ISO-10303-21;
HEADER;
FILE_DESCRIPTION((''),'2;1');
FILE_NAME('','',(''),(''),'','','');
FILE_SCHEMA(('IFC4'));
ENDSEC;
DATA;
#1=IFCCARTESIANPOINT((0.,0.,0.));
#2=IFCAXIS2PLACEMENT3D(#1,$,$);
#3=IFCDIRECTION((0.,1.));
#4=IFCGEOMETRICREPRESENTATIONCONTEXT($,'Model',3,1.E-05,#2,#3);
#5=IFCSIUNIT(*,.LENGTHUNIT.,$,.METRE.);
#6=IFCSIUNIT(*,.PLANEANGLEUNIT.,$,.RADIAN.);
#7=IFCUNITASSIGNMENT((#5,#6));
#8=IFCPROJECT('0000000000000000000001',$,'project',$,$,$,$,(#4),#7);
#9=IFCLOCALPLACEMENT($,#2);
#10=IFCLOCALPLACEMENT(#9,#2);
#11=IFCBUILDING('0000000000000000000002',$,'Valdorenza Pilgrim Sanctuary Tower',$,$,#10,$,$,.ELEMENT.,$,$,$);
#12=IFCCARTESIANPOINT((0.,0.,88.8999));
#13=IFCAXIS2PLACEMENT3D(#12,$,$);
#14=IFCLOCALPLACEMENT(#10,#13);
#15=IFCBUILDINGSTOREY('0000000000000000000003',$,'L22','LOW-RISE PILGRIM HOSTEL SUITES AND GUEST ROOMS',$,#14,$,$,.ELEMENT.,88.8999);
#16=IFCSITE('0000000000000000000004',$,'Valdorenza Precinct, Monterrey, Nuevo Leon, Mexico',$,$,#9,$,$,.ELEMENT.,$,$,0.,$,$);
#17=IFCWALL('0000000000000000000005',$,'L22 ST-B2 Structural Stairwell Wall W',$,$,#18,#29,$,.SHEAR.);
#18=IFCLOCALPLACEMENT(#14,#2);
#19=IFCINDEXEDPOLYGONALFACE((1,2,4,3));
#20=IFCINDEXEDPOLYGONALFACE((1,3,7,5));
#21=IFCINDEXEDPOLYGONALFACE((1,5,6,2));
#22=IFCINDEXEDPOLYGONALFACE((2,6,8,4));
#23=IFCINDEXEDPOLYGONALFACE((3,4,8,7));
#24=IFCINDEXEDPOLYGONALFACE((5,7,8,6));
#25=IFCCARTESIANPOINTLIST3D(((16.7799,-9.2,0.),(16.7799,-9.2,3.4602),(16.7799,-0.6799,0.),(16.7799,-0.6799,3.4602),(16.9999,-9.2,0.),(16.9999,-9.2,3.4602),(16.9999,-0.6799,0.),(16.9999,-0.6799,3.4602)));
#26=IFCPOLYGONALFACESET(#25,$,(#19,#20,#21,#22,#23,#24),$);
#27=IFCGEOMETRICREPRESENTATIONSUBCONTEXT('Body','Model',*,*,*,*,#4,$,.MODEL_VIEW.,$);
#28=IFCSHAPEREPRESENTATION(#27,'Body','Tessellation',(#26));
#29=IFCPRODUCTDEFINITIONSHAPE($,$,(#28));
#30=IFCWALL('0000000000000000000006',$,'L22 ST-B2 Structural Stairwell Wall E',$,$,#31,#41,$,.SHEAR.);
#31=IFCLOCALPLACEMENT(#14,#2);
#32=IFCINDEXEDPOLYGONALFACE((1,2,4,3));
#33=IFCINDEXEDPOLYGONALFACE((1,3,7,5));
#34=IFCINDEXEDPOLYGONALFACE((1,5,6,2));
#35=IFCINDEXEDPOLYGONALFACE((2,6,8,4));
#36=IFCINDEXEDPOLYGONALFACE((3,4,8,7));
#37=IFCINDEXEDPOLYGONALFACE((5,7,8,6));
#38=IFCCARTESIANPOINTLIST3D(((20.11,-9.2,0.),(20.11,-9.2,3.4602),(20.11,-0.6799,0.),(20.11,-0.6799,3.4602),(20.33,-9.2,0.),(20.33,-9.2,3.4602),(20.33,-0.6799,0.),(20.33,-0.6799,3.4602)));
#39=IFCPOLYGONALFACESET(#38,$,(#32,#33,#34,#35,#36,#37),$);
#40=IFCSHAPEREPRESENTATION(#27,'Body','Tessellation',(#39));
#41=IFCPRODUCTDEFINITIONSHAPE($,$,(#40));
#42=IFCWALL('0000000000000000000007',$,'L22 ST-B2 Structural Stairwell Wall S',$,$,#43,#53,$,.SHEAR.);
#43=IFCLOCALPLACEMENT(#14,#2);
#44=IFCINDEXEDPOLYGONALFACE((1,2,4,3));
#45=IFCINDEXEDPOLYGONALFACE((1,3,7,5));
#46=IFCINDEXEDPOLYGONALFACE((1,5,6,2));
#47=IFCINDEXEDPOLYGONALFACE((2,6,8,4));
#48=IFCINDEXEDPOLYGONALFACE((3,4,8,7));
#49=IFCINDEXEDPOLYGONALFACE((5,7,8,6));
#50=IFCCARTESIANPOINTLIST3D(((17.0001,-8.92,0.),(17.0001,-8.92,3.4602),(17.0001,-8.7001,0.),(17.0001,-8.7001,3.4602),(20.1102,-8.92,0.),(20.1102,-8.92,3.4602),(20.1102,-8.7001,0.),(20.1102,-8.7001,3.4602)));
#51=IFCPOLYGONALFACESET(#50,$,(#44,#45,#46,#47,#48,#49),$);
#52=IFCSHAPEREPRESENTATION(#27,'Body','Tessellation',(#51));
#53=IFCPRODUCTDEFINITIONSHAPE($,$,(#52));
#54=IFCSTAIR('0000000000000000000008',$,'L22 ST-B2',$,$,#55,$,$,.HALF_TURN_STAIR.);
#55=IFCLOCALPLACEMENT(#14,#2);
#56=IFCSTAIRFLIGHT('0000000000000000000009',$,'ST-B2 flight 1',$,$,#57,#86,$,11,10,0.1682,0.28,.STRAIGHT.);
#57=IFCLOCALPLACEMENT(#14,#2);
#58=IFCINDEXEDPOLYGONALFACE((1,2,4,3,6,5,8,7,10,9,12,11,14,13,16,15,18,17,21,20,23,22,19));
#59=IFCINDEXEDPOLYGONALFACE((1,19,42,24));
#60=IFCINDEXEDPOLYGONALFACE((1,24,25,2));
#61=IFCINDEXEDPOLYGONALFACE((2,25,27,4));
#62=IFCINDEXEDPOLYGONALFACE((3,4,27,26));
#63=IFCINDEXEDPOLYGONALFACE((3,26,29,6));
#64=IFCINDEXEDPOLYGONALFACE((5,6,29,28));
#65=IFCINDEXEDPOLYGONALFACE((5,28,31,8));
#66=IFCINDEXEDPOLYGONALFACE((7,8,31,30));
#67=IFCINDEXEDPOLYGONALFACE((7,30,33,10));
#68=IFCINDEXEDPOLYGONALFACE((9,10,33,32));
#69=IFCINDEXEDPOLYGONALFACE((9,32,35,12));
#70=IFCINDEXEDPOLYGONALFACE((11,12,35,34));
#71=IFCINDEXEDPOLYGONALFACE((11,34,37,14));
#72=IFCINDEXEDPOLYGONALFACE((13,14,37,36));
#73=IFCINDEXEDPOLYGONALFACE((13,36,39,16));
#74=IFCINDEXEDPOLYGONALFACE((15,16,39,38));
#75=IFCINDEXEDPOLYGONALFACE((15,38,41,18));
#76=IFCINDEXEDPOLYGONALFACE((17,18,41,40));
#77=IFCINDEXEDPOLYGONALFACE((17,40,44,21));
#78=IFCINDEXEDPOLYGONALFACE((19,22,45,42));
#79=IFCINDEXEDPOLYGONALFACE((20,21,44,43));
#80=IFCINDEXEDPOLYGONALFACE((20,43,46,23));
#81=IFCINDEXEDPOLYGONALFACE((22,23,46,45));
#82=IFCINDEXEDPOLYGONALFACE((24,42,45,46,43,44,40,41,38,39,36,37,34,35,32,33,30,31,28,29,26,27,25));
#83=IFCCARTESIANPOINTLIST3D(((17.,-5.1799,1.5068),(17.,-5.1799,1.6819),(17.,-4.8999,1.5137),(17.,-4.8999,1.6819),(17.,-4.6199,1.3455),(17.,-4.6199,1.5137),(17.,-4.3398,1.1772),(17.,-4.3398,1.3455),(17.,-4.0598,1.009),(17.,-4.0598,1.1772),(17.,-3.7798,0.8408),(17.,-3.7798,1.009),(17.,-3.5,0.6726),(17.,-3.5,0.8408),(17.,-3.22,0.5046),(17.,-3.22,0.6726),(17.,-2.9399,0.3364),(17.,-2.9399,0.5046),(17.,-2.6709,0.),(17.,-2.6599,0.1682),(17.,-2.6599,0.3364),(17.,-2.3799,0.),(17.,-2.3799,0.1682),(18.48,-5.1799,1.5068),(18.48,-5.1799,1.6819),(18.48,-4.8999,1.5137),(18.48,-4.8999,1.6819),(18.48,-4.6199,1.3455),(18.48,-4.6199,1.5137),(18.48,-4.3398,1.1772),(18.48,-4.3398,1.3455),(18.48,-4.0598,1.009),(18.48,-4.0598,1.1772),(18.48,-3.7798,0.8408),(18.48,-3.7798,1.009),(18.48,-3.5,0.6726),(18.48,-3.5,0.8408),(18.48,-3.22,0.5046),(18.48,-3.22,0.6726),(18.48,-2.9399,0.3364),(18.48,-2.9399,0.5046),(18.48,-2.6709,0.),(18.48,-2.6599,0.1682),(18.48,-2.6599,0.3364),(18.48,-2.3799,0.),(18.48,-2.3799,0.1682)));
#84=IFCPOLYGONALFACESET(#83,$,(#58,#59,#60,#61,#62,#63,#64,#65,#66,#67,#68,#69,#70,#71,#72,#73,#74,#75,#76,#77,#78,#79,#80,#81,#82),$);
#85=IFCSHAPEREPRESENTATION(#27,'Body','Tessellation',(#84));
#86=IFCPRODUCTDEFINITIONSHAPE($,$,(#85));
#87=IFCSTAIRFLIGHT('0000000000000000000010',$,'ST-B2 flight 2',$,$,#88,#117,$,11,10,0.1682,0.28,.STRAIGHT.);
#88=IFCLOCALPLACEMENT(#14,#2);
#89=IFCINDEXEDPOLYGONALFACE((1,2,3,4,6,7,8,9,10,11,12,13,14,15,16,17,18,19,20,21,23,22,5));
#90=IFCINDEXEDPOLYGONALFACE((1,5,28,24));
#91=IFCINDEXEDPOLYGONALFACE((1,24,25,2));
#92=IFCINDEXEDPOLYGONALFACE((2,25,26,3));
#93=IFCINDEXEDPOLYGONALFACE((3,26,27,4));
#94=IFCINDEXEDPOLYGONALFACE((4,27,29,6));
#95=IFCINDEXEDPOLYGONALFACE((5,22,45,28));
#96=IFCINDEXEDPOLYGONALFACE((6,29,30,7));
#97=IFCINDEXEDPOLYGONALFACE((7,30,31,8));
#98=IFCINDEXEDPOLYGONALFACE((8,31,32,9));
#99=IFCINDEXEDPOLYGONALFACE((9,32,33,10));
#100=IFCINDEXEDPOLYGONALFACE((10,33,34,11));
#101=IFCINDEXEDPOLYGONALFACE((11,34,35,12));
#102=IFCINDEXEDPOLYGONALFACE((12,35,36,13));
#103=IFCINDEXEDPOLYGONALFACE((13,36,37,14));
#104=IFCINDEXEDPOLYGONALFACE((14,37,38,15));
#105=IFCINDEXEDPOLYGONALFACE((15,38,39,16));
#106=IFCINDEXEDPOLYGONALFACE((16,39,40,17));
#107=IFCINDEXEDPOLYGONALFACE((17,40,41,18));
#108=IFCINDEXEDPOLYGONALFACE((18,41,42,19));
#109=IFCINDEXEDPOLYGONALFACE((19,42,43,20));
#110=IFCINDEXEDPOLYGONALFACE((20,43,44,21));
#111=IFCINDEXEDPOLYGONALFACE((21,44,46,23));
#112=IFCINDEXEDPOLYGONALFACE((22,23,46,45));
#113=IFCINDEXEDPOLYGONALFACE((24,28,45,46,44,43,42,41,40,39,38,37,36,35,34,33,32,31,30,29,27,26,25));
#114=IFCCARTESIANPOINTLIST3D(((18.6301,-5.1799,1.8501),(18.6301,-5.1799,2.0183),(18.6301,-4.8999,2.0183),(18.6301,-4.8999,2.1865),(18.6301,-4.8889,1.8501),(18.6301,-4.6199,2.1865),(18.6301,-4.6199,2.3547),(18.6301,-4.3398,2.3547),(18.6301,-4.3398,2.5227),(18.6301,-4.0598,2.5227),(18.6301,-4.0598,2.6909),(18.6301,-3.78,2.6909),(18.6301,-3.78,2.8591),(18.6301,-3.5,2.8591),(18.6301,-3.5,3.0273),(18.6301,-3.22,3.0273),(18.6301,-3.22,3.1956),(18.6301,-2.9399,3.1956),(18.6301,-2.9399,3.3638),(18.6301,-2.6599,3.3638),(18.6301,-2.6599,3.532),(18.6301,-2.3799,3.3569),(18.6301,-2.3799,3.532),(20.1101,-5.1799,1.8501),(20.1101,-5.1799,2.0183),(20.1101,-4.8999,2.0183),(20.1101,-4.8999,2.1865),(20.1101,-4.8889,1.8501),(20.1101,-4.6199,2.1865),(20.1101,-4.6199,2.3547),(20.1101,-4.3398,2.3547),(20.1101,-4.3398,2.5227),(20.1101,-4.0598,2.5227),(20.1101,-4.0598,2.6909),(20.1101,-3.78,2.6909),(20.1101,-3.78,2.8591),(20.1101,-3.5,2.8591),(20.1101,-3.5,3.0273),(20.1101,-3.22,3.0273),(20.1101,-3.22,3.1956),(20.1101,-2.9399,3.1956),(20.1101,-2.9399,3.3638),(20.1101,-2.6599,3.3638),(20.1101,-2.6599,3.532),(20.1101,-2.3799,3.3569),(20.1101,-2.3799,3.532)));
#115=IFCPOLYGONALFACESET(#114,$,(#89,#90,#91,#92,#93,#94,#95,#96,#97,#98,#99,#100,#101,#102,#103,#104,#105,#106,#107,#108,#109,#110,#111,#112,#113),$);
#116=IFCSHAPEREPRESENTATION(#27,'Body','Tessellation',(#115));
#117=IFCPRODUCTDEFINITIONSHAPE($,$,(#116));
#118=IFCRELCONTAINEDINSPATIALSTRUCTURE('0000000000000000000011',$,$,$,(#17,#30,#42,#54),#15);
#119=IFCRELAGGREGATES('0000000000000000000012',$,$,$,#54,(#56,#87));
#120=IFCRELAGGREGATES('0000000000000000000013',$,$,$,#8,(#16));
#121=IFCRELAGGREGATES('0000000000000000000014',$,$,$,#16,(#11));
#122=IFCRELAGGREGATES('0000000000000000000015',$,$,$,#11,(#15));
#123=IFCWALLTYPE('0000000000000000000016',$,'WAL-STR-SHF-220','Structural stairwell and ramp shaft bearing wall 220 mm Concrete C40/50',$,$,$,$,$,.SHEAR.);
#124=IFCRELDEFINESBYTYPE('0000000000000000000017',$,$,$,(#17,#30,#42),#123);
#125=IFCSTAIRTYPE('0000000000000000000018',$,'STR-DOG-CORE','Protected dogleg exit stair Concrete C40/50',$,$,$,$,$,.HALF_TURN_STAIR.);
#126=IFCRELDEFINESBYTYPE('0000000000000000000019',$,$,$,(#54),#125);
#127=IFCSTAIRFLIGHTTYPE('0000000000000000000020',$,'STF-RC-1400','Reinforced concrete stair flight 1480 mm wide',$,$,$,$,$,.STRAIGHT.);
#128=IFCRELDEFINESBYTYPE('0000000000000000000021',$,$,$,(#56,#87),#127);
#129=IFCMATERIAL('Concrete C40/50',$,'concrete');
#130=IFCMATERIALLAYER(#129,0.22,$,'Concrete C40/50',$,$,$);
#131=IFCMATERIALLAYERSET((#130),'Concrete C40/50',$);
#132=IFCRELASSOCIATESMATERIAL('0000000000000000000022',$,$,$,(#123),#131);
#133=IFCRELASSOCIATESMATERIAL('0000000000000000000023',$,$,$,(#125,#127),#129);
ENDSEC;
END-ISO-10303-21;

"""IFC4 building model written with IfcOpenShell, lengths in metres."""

from ifc_helpers import new_model, si_unit, direction, frame, frame_2d, origin, place, context, subcontext, project, spatial, polyline, rectangle, outline, extrude, material, layer, layer_set, type_object, element, aggregate, save


model = new_model("IFC4")

# Units and contexts
model_context = context("Model", 3, precision=1e-05, world=origin(), true_north=direction((0.0, 1.0)))
body_context = subcontext(model_context, "Body", "Model", "MODEL_VIEW")
ifc_project = project(units=[si_unit("LENGTHUNIT", "METRE"), si_unit("PLANEANGLEUNIT", "RADIAN")], contexts=[model_context])

# Site, building, storey
site_placement = place(None, origin())
site = spatial("IfcSite", under=ifc_project, at=site_placement, Name="Valdorenza Precinct, Monterrey, Nuevo Leon, Mexico", CompositionType="ELEMENT", RefElevation=0.0)
building_placement = place(site_placement, origin())
building = spatial("IfcBuilding", under=site, at=building_placement, Name="Valdorenza Pilgrim Sanctuary Tower", CompositionType="ELEMENT")
storey_placement = place(building_placement, frame((0.0, 0.0, 88.8999)))
storey = spatial("IfcBuildingStorey", under=building, at=storey_placement, Name="L22", Description="LOW-RISE PILGRIM HOSTEL SUITES AND GUEST ROOMS", CompositionType="ELEMENT", Elevation=88.8999)

# Walls
ifc_material_1 = material(Name="Concrete C40/50", Category="concrete")
ifc_layer_1 = layer(ifc_material_1, 0.22, Name="Concrete C40/50")
ifc_layer_set_1 = layer_set([ifc_layer_1], Name="Concrete C40/50")
wall_type_1 = type_object("IfcWallType", Name="WAL-STR-SHF-220", Description="Structural stairwell and ramp shaft bearing wall 220 mm Concrete C40/50", PredefinedType="SHEAR", material=ifc_layer_set_1)
for number, where, z_axis, x_axis, name in (
    (1, (16.8899, -9.2, 0.0), (0.0, 0.0, 1.0), (0.0, 1.0, 0.0), "L22 ST-B2 Structural Stairwell Wall W"),
    (2, (20.22, -9.2, 0.0), (0.0, 0.0, 1.0), (0.0, 1.0, 0.0), "L22 ST-B2 Structural Stairwell Wall E"),
):
    element("IfcWall", number, at=place(storey_placement, frame(where, z_axis=z_axis, x_axis=x_axis)), inside=storey, type_object=wall_type_1, Name=name, PredefinedType="SHEAR", context=body_context, shape_type="SweptSolid", body=[
        extrude(rectangle(XDim=8.52, YDim=0.22, at=frame_2d((4.26, 0.0))), origin(), (0.0, 0.0, 1.0), 3.4602),
    ])
wall_1_placement = place(storey_placement, frame((17.0, -8.8101, 0.0), z_axis=(0.0, 0.0, 1.0), x_axis=(1.0, 0.0, 0.0)))
element("IfcWall", 3, at=wall_1_placement, inside=storey, type_object=wall_type_1, Name="L22 ST-B2 Structural Stairwell Wall S", PredefinedType="SHEAR", context=body_context, shape_type="SweptSolid", body=[
    extrude(rectangle(XDim=3.1101, YDim=0.22, at=frame_2d((1.5552, 0.0))), origin(), (0.0, 0.0, 1.0), 3.4602),
])

# Stair, stair flights
stair_type = type_object("IfcStairType", Name="STR-DOG-CORE", Description="Protected dogleg exit stair Concrete C40/50", PredefinedType="HALF_TURN_STAIR", material=ifc_material_1)
stair_placement = place(storey_placement, origin())
stair = element("IfcStair", 4, at=stair_placement, inside=storey, type_object=stair_type, Name="L22 ST-B2", PredefinedType="HALF_TURN_STAIR")
stair_flight_type = type_object("IfcStairFlightType", Name="STF-RC-1400", Description="Reinforced concrete stair flight 1480 mm wide", PredefinedType="STRAIGHT", material=ifc_material_1)
stair_flight_1_placement = place(storey_placement, frame((17.74, -2.3799, 0.0), z_axis=(0.0, 0.0, 1.0), x_axis=(0.0, -1.0, 0.0)))
stair_flight_1 = element("IfcStairFlight", 5, at=stair_flight_1_placement, type_object=stair_flight_type, Name="ST-B2 flight 1", NumberOfRisers=11, NumberOfTreads=10, PredefinedType="STRAIGHT", RiserHeight=0.1682, TreadLength=0.28, context=body_context, shape_type="SweptSolid", body=[
    extrude(outline(polyline([(0.0, 0.0), (0.0, 0.1682), (0.28, 0.1682), (0.28, 0.3364), (0.5601, 0.3364), (0.5601, 0.5046), (0.8401, 0.5046), (0.8401, 0.6726), (1.1201, 0.6726), (1.1201, 0.8408), (1.3999, 0.8408), (1.3999, 1.009), (1.6799, 1.009), (1.6799, 1.1772), (1.96, 1.1772), (1.96, 1.3455), (2.24, 1.3455), (2.24, 1.5137), (2.52, 1.5137), (2.52, 1.6819), (2.8, 1.6819), (2.8, 1.8501), (2.8, 1.5068), (0.291, 0.0), (0.0, 0.0)])), frame((0.0, 0.74, 0.0), z_axis=(0.0, -1.0, 0.0), x_axis=(1.0, 0.0, 0.0)), (0.0, 0.0, 1.0), 1.48),
])
stair_flight_2_placement = place(storey_placement, frame((19.3701, -5.1799, 1.8501), z_axis=(0.0, 0.0, 1.0), x_axis=(0.0, 1.0, 0.0)))
stair_flight_2 = element("IfcStairFlight", 6, at=stair_flight_2_placement, type_object=stair_flight_type, Name="ST-B2 flight 2", NumberOfRisers=11, NumberOfTreads=10, PredefinedType="STRAIGHT", RiserHeight=0.1682, TreadLength=0.28, context=body_context, shape_type="SweptSolid", body=[
    extrude(outline(polyline([(0.0, 0.0), (0.0, 0.1682), (0.28, 0.1682), (0.28, 0.3364), (0.5601, 0.3364), (0.5601, 0.5046), (0.8401, 0.5046), (0.8401, 0.6726), (1.1201, 0.6726), (1.1201, 0.8408), (1.3999, 0.8408), (1.3999, 1.009), (1.6799, 1.009), (1.6799, 1.1772), (1.96, 1.1772), (1.96, 1.3455), (2.24, 1.3455), (2.24, 1.5137), (2.52, 1.5137), (2.52, 1.6819), (2.8, 1.6819), (2.8, 1.8501), (2.8, 1.5068), (0.291, 0.0), (0.0, 0.0)])), frame((0.0, 0.74, 0.0), z_axis=(0.0, -1.0, 0.0), x_axis=(1.0, 0.0, 0.0)), (0.0, 0.0, 1.0), 1.48),
])
aggregate(stair, [stair_flight_1, stair_flight_2])

save(model, "model.ifc")
